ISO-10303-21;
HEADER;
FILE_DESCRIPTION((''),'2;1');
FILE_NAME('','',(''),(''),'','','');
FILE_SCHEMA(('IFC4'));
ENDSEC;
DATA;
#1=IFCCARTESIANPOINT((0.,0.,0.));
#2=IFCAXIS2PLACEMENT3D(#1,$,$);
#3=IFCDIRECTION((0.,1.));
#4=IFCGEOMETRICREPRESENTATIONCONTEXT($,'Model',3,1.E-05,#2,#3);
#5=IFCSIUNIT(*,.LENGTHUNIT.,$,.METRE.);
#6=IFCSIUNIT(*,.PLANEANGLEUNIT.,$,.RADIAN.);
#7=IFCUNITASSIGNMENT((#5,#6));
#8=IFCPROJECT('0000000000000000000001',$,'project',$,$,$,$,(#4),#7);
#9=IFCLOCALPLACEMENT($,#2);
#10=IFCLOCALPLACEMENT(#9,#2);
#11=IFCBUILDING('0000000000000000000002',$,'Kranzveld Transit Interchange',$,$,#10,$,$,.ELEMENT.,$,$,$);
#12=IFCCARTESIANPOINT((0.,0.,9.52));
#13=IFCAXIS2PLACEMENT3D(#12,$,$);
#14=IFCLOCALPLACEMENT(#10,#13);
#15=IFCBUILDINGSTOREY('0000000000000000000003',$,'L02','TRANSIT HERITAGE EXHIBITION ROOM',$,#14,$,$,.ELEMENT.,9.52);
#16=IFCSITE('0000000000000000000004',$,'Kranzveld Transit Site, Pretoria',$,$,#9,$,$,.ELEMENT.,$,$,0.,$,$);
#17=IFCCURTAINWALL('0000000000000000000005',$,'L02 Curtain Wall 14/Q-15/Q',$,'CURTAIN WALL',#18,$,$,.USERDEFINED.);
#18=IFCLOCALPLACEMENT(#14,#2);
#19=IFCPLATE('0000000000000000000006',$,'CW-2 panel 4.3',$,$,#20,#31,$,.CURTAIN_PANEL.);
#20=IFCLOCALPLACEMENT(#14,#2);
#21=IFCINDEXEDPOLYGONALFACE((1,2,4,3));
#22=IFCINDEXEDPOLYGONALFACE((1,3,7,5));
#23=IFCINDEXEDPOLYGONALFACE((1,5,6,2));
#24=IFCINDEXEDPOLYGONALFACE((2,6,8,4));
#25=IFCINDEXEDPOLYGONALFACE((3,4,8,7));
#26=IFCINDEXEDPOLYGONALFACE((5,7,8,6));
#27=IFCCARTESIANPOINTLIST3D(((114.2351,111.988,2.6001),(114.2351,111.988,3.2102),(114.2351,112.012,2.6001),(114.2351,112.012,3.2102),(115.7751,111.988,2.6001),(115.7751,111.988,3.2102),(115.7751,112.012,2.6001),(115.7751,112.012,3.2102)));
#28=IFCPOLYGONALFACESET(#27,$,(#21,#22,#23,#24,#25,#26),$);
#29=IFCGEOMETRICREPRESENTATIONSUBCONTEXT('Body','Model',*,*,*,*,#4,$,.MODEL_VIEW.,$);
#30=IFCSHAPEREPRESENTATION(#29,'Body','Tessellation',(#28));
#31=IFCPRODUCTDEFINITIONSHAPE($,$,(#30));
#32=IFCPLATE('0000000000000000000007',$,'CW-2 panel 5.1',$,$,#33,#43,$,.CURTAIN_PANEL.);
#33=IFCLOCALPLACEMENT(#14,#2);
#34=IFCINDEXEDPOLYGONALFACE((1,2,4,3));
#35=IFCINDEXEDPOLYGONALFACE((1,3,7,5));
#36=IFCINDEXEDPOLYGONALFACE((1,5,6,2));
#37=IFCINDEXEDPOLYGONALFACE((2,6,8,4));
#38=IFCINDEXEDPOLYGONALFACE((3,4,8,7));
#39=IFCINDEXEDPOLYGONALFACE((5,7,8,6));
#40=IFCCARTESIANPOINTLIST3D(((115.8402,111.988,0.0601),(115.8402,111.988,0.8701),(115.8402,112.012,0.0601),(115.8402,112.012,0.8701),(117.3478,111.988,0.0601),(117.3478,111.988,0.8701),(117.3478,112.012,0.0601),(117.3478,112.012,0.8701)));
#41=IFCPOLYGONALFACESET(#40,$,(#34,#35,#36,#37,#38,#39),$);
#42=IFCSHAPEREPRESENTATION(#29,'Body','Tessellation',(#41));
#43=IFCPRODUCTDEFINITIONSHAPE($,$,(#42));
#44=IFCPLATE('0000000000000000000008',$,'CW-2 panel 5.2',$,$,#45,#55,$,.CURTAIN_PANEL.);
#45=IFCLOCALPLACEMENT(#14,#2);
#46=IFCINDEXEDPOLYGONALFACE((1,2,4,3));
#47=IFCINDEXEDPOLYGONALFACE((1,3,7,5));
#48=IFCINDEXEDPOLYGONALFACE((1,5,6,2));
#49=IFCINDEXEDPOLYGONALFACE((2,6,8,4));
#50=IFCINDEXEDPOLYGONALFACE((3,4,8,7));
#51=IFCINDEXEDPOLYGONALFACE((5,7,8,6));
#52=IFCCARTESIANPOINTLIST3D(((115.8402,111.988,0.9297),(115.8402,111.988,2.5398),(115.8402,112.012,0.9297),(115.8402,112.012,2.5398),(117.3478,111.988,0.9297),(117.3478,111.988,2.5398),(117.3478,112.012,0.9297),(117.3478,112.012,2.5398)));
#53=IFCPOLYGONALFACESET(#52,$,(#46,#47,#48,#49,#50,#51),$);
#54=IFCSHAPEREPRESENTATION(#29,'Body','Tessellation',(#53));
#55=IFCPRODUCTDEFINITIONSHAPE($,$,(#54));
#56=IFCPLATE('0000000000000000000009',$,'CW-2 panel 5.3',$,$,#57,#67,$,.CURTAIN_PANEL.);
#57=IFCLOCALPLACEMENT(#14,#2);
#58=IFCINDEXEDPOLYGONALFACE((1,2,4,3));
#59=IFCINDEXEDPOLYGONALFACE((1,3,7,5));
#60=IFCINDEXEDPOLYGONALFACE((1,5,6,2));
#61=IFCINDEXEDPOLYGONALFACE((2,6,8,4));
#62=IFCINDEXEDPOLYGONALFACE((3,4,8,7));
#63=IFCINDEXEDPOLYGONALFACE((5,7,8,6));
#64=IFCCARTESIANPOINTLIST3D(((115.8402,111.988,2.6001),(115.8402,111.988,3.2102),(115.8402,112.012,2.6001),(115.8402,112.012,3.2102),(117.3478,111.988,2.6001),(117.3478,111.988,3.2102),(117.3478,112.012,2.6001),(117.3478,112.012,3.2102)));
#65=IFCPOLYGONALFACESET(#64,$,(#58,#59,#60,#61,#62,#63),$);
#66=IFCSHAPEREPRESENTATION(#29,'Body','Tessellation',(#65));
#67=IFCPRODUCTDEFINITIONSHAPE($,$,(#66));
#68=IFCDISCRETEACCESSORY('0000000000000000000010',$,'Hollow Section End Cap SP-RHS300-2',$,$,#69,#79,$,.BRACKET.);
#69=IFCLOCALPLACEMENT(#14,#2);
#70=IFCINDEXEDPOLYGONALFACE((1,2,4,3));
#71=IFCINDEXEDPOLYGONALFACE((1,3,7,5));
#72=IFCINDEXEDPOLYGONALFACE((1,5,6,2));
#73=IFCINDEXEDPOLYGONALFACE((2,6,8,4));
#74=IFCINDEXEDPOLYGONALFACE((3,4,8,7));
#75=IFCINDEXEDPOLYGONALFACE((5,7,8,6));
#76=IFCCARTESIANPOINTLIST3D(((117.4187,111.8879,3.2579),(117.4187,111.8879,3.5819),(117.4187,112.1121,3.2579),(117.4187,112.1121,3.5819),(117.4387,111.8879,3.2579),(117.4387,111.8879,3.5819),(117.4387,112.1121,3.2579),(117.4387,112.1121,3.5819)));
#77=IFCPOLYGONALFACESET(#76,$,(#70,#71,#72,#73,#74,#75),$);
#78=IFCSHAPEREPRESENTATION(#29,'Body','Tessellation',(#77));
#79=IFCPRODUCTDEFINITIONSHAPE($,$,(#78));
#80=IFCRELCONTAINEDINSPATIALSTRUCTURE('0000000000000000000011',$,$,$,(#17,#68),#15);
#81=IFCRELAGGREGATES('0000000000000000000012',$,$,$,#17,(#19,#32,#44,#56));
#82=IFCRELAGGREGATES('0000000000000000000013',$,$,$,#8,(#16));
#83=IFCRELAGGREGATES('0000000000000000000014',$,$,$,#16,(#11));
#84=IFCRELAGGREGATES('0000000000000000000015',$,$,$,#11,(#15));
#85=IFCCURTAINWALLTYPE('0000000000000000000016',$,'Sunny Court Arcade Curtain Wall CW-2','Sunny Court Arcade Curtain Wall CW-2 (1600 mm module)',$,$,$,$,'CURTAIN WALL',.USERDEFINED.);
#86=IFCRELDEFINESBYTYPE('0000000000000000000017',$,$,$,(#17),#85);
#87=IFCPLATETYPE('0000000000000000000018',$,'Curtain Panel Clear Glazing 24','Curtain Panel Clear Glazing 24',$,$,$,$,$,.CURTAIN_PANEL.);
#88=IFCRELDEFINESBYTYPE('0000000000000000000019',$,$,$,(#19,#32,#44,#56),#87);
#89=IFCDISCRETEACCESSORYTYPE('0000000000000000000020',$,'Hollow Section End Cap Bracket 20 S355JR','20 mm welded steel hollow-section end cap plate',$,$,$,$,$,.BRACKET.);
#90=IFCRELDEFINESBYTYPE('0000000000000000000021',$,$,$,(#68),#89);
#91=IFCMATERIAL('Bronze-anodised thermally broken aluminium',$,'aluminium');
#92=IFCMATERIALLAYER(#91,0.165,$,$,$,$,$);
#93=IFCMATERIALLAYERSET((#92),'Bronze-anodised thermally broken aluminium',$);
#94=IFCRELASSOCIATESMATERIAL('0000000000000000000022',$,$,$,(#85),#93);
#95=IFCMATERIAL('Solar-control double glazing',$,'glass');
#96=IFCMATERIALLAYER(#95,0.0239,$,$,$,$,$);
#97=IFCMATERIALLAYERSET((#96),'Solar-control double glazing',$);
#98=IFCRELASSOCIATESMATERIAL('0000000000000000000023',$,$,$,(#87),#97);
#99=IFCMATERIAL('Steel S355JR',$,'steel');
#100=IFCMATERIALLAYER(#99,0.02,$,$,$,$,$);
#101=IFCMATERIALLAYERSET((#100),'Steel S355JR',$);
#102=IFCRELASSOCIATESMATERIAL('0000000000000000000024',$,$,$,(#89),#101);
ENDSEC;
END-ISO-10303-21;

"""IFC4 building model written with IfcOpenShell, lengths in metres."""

from ifc_helpers import new_model, si_unit, direction, frame, origin, origin_2d, place, context, subcontext, project, spatial, rectangle, extrude, material, layer, layer_set, type_object, element, aggregate, save


model = new_model("IFC4")

# Units and contexts
model_context = context("Model", 3, precision=1e-05, world=origin(), true_north=direction((0.0, 1.0)))
body_context = subcontext(model_context, "Body", "Model", "MODEL_VIEW")
ifc_project = project(units=[si_unit("LENGTHUNIT", "METRE"), si_unit("PLANEANGLEUNIT", "RADIAN")], contexts=[model_context])

# Site, building, storey
site_placement = place(None, origin())
site = spatial("IfcSite", under=ifc_project, at=site_placement, Name="Kranzveld Transit Site, Pretoria", CompositionType="ELEMENT", RefElevation=0.0)
building_placement = place(site_placement, origin())
building = spatial("IfcBuilding", under=site, at=building_placement, Name="Kranzveld Transit Interchange", CompositionType="ELEMENT")
storey_placement = place(building_placement, frame((0.0, 0.0, 9.52)))
storey = spatial("IfcBuildingStorey", under=building, at=storey_placement, Name="L02", Description="TRANSIT HERITAGE EXHIBITION ROOM", CompositionType="ELEMENT", Elevation=9.52)

# Curtain wall, plates
ifc_material_1 = material(Name="Bronze-anodised thermally broken aluminium", Category="aluminium")
ifc_layer_1 = layer(ifc_material_1, 0.165)
ifc_layer_set_1 = layer_set([ifc_layer_1], Name="Bronze-anodised thermally broken aluminium")
curtain_wall_type = type_object("IfcCurtainWallType", Name="Sunny Court Arcade Curtain Wall CW-2", Description="Sunny Court Arcade Curtain Wall CW-2 (1600 mm module)", ElementType="CURTAIN WALL", PredefinedType="USERDEFINED", material=ifc_layer_set_1)
curtain_wall_placement = place(storey_placement, origin())
curtain_wall = element("IfcCurtainWall", 1, at=curtain_wall_placement, inside=storey, type_object=curtain_wall_type, Name="L02 Curtain Wall 14/Q-15/Q", ObjectType="CURTAIN WALL", PredefinedType="USERDEFINED")
ifc_material_2 = material(Name="Solar-control double glazing", Category="glass")
ifc_layer_2 = layer(ifc_material_2, 0.0239)
ifc_layer_set_2 = layer_set([ifc_layer_2], Name="Solar-control double glazing")
plate_type = type_object("IfcPlateType", Name="Curtain Panel Clear Glazing 24", Description="Curtain Panel Clear Glazing 24", PredefinedType="CURTAIN_PANEL", material=ifc_layer_set_2)
plate_1_placement = place(storey_placement, frame((115.0051, 112.0, 2.6001), z_axis=(0.0, 0.0, 1.0), x_axis=(1.0, 0.0, 0.0)))
plate_1 = element("IfcPlate", 2, at=plate_1_placement, type_object=plate_type, Name="CW-2 panel 4.3", PredefinedType="CURTAIN_PANEL", context=body_context, shape_type="SweptSolid", body=[
    extrude(rectangle(XDim=1.54, YDim=0.0239, at=origin_2d()), origin(), (0.0, 0.0, 1.0), 0.6101),
])
plate_2_placement = place(storey_placement, frame((116.594, 112.0, 0.0601), z_axis=(0.0, 0.0, 1.0), x_axis=(1.0, 0.0, 0.0)))
plate_2 = element("IfcPlate", 3, at=plate_2_placement, type_object=plate_type, Name="CW-2 panel 5.1", PredefinedType="CURTAIN_PANEL", context=body_context, shape_type="SweptSolid", body=[
    extrude(rectangle(XDim=1.5076, YDim=0.0239, at=origin_2d()), origin(), (0.0, 0.0, 1.0), 0.8101),
])
plate_3_placement = place(storey_placement, frame((116.594, 112.0, 0.9297), z_axis=(0.0, 0.0, 1.0), x_axis=(1.0, 0.0, 0.0)))
plate_3 = element("IfcPlate", 4, at=plate_3_placement, type_object=plate_type, Name="CW-2 panel 5.2", PredefinedType="CURTAIN_PANEL", context=body_context, shape_type="SweptSolid", body=[
    extrude(rectangle(XDim=1.5076, YDim=0.0239, at=origin_2d()), origin(), (0.0, 0.0, 1.0), 1.6101),
])
plate_4_placement = place(storey_placement, frame((116.594, 112.0, 2.6001), z_axis=(0.0, 0.0, 1.0), x_axis=(1.0, 0.0, 0.0)))
plate_4 = element("IfcPlate", 5, at=plate_4_placement, type_object=plate_type, Name="CW-2 panel 5.3", PredefinedType="CURTAIN_PANEL", context=body_context, shape_type="SweptSolid", body=[
    extrude(rectangle(XDim=1.5076, YDim=0.0239, at=origin_2d()), origin(), (0.0, 0.0, 1.0), 0.6101),
])
aggregate(curtain_wall, [plate_1, plate_2, plate_3, plate_4])

# Discrete accessory
ifc_material_3 = material(Name="Steel S355JR", Category="steel")
ifc_layer_3 = layer(ifc_material_3, 0.02)
ifc_layer_set_3 = layer_set([ifc_layer_3], Name="Steel S355JR")
discrete_accessory_type = type_object("IfcDiscreteAccessoryType", Name="Hollow Section End Cap Bracket 20 S355JR", Description="20 mm welded steel hollow-section end cap plate", PredefinedType="BRACKET", material=ifc_layer_set_3)
discrete_accessory_placement = place(storey_placement, frame((117.4187, 112.0, 3.4199), z_axis=(1.0, 0.0, 0.0), x_axis=(0.0, 1.0, 0.0)))
element("IfcDiscreteAccessory", 6, at=discrete_accessory_placement, inside=storey, type_object=discrete_accessory_type, Name="Hollow Section End Cap SP-RHS300-2", PredefinedType="BRACKET", context=body_context, shape_type="SweptSolid", body=[
    extrude(rectangle(XDim=0.2241, YDim=0.324, at=origin_2d()), origin(), (0.0, 0.0, 1.0), 0.02),
])

save(model, "model.ifc")
